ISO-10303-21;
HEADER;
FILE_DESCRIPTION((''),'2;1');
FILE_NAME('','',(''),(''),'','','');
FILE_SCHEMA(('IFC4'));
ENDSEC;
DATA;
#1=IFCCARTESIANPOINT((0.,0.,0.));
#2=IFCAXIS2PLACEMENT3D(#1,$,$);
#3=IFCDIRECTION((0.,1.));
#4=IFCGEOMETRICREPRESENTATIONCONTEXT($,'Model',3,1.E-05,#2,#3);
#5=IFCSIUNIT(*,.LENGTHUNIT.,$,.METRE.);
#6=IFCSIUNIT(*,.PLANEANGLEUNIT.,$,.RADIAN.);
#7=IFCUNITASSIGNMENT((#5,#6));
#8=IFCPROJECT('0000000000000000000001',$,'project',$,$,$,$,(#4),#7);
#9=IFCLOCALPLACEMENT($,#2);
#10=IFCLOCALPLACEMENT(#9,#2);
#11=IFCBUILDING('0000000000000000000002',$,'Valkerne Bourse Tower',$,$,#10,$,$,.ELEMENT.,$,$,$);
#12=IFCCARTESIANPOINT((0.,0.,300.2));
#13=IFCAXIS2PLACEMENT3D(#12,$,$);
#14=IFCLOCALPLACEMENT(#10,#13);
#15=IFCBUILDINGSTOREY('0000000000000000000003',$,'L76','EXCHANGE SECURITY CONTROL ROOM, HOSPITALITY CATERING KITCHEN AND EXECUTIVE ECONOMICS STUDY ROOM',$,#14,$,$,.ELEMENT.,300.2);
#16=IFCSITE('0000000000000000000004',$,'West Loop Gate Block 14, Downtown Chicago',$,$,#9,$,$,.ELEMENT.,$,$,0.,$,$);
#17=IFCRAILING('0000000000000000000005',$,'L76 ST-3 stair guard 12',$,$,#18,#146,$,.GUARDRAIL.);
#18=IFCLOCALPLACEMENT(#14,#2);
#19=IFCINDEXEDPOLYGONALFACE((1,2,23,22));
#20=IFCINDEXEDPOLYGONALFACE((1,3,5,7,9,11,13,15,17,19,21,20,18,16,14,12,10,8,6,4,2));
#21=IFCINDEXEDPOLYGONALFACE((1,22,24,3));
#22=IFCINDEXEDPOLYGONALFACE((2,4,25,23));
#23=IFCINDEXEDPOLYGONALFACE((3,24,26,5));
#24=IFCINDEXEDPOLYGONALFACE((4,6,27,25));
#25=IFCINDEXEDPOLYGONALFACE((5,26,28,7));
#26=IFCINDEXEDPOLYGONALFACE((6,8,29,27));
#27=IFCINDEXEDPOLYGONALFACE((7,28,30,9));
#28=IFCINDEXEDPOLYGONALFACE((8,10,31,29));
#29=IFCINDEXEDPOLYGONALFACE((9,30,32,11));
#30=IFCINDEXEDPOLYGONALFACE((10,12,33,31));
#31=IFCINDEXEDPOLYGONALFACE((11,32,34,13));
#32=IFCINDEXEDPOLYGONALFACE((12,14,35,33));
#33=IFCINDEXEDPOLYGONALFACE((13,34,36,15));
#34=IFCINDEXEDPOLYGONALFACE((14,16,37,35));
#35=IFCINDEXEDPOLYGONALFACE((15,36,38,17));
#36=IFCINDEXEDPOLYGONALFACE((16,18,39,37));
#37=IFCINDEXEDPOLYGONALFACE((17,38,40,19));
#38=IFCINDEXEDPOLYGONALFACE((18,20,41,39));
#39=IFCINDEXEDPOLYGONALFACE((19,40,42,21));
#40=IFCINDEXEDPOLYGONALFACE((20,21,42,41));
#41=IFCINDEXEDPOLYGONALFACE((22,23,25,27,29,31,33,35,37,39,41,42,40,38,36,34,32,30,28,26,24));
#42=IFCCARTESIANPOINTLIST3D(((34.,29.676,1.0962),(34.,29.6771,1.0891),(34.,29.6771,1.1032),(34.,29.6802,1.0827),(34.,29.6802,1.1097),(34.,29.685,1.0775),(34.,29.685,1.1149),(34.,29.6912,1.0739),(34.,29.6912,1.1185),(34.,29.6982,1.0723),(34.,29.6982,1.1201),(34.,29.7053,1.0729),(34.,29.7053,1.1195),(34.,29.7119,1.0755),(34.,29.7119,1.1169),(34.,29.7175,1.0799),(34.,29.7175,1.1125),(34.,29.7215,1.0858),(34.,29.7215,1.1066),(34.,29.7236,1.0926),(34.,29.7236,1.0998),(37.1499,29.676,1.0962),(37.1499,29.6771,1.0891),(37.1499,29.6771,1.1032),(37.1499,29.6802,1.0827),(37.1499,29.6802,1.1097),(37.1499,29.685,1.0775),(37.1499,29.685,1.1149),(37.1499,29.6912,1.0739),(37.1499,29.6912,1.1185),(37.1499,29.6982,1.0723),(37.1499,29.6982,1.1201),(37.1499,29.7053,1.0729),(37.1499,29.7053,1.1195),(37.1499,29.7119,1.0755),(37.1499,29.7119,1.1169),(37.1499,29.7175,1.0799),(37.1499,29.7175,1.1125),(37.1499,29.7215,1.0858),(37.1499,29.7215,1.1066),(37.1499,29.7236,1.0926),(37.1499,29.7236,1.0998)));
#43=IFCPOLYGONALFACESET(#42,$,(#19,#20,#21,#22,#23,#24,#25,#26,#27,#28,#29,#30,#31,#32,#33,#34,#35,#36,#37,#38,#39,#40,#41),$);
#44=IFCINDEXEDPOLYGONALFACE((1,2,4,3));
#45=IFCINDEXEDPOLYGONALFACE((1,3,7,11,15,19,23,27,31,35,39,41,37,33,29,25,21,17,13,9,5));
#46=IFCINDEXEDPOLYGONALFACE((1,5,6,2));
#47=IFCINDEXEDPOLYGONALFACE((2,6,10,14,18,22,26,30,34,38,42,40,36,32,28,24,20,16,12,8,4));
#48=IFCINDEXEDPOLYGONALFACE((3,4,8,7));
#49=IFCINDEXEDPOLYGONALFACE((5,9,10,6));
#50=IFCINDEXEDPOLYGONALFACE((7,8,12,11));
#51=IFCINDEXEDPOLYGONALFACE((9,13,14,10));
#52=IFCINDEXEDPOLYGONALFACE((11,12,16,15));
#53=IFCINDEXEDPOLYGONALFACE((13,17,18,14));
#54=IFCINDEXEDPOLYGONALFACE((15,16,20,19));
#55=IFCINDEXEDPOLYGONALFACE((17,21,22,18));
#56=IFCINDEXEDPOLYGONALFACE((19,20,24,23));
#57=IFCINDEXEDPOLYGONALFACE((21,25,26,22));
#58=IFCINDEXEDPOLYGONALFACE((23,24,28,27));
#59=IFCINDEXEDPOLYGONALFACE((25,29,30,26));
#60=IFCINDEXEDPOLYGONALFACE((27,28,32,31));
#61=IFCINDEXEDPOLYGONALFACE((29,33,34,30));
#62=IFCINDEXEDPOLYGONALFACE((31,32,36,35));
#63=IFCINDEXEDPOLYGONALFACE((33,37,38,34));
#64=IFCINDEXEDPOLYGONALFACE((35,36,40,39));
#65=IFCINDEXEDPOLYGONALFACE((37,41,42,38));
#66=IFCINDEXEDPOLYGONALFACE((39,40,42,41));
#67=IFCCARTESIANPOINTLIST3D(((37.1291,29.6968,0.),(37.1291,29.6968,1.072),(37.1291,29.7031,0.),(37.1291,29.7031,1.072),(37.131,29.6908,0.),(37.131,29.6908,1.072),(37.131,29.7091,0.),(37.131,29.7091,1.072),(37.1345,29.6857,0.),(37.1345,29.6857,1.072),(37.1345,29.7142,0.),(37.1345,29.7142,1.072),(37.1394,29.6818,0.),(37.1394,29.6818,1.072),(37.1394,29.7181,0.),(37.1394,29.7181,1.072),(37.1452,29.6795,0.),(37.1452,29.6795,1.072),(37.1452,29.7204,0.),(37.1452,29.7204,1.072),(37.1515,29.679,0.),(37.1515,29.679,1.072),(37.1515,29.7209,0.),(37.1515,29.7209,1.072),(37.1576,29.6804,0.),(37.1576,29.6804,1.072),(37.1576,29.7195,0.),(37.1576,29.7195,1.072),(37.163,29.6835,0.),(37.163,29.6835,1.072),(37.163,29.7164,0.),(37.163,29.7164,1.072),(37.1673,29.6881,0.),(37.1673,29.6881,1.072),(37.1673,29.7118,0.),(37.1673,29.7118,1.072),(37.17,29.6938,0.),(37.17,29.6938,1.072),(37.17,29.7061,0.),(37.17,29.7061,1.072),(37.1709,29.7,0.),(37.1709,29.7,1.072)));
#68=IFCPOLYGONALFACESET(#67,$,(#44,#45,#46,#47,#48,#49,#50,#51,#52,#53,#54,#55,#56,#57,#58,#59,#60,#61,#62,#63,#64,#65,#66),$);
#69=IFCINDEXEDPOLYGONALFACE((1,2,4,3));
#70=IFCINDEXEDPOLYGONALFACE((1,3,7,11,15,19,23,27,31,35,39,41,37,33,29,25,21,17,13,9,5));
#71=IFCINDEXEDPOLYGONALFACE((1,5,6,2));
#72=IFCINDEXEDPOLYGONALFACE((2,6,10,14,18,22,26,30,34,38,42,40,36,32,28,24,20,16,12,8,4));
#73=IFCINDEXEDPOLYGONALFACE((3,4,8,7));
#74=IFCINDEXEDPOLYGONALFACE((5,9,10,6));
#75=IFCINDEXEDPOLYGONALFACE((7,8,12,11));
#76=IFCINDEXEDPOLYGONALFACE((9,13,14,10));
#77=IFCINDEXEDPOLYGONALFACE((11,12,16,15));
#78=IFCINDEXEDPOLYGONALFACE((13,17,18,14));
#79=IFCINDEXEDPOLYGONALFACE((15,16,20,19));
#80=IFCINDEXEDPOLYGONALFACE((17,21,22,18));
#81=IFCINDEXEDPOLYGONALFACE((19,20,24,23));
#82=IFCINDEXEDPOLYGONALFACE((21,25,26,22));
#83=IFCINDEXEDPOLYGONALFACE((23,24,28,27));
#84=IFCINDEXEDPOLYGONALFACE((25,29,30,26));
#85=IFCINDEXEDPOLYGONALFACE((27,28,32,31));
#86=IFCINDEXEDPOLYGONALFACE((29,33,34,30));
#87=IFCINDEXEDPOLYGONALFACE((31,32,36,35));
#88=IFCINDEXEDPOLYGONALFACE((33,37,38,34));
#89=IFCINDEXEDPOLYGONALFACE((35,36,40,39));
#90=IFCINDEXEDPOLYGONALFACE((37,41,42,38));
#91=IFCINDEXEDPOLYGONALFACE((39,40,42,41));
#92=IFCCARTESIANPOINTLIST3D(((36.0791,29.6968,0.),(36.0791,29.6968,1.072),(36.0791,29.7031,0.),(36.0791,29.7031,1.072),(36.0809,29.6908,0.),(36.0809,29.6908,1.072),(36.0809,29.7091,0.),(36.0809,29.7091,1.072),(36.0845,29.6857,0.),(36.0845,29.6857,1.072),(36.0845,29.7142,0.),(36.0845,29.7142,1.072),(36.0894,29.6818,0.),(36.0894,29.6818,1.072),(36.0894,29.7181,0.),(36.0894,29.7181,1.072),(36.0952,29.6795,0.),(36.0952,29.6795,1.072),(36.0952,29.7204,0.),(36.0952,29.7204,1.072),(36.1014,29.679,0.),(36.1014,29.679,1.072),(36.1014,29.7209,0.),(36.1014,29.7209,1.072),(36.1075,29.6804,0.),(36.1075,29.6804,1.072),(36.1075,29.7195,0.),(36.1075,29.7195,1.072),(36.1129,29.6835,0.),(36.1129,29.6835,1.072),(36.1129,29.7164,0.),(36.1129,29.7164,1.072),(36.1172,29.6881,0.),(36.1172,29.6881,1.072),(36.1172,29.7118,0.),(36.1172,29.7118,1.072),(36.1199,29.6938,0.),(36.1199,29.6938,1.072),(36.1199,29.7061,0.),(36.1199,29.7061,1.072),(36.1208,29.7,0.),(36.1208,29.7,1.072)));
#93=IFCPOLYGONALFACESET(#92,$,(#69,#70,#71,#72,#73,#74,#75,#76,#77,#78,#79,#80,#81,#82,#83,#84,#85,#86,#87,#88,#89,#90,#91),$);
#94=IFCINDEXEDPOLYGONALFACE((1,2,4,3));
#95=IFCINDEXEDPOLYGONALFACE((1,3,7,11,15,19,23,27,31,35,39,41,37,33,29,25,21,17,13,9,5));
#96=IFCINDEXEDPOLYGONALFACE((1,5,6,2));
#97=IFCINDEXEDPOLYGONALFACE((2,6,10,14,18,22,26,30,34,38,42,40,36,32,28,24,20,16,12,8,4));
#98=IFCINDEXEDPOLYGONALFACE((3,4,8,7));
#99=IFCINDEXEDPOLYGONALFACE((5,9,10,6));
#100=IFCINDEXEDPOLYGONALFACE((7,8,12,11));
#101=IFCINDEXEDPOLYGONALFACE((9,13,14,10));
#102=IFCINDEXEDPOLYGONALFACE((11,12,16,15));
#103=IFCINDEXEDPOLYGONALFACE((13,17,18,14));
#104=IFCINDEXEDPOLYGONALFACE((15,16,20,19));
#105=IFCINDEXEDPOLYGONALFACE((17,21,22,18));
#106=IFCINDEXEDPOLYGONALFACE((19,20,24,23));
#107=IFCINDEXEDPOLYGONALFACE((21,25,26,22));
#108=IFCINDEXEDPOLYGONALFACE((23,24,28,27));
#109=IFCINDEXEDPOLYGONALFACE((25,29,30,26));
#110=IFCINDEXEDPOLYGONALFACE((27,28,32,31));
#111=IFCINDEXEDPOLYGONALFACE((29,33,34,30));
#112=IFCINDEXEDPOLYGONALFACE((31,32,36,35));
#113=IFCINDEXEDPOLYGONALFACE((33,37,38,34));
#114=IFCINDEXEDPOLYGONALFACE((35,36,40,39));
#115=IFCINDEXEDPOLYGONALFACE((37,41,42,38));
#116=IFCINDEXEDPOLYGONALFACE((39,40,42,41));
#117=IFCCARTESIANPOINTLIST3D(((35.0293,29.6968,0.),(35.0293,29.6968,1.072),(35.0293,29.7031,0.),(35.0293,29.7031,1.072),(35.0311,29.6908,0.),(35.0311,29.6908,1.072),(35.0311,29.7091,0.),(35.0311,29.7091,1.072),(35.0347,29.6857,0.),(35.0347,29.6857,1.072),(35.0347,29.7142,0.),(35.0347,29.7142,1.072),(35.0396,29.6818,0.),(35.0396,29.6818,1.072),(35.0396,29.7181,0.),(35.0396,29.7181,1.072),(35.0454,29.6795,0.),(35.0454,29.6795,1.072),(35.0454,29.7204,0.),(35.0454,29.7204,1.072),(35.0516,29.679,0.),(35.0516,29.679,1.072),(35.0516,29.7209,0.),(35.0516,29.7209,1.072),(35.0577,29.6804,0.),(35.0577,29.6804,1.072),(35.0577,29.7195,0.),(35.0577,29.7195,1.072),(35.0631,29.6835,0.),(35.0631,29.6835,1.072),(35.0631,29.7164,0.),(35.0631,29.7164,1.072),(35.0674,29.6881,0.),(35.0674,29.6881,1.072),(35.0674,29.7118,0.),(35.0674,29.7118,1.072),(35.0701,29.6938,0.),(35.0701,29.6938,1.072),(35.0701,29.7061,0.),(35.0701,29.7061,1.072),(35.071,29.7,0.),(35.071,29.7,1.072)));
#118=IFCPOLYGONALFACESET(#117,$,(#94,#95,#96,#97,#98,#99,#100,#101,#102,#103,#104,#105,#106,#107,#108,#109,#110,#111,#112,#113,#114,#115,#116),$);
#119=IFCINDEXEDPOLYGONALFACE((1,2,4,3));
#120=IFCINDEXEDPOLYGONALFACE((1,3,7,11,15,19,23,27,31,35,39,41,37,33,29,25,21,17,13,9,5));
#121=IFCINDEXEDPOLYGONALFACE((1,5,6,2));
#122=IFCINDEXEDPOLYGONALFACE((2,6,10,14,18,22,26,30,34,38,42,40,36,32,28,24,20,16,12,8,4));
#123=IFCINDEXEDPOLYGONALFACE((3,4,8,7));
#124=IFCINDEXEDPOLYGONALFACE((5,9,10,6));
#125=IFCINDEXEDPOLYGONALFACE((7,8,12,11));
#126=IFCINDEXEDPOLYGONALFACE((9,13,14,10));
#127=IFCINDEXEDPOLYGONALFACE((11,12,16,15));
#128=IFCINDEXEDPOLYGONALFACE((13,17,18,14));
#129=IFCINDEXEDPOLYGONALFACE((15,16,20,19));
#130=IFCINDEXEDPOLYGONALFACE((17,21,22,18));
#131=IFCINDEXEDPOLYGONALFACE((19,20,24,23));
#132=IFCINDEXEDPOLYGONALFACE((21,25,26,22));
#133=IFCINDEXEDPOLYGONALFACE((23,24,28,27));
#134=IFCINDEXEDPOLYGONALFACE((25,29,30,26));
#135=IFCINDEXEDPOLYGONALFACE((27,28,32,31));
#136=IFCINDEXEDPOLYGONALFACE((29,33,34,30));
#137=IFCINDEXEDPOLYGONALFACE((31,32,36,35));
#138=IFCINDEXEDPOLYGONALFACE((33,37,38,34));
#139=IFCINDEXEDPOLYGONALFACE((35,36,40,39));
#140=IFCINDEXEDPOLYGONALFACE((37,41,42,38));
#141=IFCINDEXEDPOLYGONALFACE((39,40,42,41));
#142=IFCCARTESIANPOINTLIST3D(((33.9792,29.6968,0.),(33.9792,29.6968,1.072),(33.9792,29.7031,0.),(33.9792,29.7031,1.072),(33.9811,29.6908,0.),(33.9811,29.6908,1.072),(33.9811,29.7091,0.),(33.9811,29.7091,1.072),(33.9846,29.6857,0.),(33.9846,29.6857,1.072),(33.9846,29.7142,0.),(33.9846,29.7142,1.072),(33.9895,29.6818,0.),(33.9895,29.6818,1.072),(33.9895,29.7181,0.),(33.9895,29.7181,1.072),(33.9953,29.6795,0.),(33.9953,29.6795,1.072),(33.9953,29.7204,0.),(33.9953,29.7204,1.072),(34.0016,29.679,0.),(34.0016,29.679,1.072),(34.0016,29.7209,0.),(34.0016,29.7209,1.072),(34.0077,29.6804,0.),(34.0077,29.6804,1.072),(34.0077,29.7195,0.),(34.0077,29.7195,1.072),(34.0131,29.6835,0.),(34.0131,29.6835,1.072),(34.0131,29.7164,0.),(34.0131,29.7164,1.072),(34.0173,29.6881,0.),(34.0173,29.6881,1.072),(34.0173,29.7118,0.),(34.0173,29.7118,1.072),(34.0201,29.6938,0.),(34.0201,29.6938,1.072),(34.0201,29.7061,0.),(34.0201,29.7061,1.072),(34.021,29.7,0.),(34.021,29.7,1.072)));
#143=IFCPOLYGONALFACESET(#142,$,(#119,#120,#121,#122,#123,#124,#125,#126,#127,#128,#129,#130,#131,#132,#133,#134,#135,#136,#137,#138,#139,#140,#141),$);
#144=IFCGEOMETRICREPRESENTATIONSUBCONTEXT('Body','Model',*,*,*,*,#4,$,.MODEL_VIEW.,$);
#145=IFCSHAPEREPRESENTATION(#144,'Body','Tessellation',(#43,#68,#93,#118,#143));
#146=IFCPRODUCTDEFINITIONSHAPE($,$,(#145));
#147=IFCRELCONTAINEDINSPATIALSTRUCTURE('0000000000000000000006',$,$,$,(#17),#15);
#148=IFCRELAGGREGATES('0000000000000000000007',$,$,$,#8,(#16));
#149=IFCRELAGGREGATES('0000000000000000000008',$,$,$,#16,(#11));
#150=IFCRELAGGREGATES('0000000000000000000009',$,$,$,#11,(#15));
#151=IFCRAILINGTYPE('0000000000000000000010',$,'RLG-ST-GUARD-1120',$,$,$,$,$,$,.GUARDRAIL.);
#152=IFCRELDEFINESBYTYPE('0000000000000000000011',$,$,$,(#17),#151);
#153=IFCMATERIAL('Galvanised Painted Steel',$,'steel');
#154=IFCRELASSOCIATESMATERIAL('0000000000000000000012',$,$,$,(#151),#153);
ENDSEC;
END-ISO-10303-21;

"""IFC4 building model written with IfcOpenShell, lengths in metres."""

from ifc_helpers import new_model, si_unit, direction, frame, origin, origin_2d, place, context, subcontext, project, spatial, circle, extrude, material, type_object, element, save


model = new_model("IFC4")

# Units and contexts
model_context = context("Model", 3, precision=1e-05, world=origin(), true_north=direction((0.0, 1.0)))
body_context = subcontext(model_context, "Body", "Model", "MODEL_VIEW")
ifc_project = project(units=[si_unit("LENGTHUNIT", "METRE"), si_unit("PLANEANGLEUNIT", "RADIAN")], contexts=[model_context])

# Site, building, storey
site_placement = place(None, origin())
site = spatial("IfcSite", under=ifc_project, at=site_placement, Name="West Loop Gate Block 14, Downtown Chicago", CompositionType="ELEMENT", RefElevation=0.0)
building_placement = place(site_placement, origin())
building = spatial("IfcBuilding", under=site, at=building_placement, Name="Valkerne Bourse Tower", CompositionType="ELEMENT")
storey_placement = place(building_placement, frame((0.0, 0.0, 300.2)))
storey = spatial("IfcBuildingStorey", under=building, at=storey_placement, Name="L76", Description="EXCHANGE SECURITY CONTROL ROOM, HOSPITALITY CATERING KITCHEN AND EXECUTIVE ECONOMICS STUDY ROOM", CompositionType="ELEMENT", Elevation=300.2)

# Railing
ifc_material_1 = material(Name="Galvanised Painted Steel", Category="steel")
railing_type_1 = type_object("IfcRailingType", Name="RLG-ST-GUARD-1120", PredefinedType="GUARDRAIL", material=ifc_material_1)
railing_1_placement = place(storey_placement, frame((37.1499, 29.7, 0.0)))
element("IfcRailing", 1, at=railing_1_placement, inside=storey, type_object=railing_type_1, Name="L76 ST-3 stair guard 12", PredefinedType="GUARDRAIL", context=body_context, shape_type="SweptSolid", body=[
    extrude(circle(Radius=0.0239, at=origin_2d()), frame((0.0, 0.0, 1.0962), z_axis=(-1.0, 0.0, 0.0), x_axis=(0.0, -1.0, 0.0)), (0.0, 0.0, 1.0), 3.1499),
    extrude(circle(Radius=0.021, at=origin_2d()), origin(), (0.0, 0.0, 1.0), 1.072),
    extrude(circle(Radius=0.021, at=origin_2d()), frame((-1.05, 0.0, 0.0)), (0.0, 0.0, 1.0), 1.072),
    extrude(circle(Radius=0.021, at=origin_2d()), frame((-2.0999, 0.0, 0.0)), (0.0, 0.0, 1.0), 1.072),
    extrude(circle(Radius=0.021, at=origin_2d()), frame((-3.1499, 0.0, 0.0)), (0.0, 0.0, 1.0), 1.072),
])

save(model, "model.ifc")
